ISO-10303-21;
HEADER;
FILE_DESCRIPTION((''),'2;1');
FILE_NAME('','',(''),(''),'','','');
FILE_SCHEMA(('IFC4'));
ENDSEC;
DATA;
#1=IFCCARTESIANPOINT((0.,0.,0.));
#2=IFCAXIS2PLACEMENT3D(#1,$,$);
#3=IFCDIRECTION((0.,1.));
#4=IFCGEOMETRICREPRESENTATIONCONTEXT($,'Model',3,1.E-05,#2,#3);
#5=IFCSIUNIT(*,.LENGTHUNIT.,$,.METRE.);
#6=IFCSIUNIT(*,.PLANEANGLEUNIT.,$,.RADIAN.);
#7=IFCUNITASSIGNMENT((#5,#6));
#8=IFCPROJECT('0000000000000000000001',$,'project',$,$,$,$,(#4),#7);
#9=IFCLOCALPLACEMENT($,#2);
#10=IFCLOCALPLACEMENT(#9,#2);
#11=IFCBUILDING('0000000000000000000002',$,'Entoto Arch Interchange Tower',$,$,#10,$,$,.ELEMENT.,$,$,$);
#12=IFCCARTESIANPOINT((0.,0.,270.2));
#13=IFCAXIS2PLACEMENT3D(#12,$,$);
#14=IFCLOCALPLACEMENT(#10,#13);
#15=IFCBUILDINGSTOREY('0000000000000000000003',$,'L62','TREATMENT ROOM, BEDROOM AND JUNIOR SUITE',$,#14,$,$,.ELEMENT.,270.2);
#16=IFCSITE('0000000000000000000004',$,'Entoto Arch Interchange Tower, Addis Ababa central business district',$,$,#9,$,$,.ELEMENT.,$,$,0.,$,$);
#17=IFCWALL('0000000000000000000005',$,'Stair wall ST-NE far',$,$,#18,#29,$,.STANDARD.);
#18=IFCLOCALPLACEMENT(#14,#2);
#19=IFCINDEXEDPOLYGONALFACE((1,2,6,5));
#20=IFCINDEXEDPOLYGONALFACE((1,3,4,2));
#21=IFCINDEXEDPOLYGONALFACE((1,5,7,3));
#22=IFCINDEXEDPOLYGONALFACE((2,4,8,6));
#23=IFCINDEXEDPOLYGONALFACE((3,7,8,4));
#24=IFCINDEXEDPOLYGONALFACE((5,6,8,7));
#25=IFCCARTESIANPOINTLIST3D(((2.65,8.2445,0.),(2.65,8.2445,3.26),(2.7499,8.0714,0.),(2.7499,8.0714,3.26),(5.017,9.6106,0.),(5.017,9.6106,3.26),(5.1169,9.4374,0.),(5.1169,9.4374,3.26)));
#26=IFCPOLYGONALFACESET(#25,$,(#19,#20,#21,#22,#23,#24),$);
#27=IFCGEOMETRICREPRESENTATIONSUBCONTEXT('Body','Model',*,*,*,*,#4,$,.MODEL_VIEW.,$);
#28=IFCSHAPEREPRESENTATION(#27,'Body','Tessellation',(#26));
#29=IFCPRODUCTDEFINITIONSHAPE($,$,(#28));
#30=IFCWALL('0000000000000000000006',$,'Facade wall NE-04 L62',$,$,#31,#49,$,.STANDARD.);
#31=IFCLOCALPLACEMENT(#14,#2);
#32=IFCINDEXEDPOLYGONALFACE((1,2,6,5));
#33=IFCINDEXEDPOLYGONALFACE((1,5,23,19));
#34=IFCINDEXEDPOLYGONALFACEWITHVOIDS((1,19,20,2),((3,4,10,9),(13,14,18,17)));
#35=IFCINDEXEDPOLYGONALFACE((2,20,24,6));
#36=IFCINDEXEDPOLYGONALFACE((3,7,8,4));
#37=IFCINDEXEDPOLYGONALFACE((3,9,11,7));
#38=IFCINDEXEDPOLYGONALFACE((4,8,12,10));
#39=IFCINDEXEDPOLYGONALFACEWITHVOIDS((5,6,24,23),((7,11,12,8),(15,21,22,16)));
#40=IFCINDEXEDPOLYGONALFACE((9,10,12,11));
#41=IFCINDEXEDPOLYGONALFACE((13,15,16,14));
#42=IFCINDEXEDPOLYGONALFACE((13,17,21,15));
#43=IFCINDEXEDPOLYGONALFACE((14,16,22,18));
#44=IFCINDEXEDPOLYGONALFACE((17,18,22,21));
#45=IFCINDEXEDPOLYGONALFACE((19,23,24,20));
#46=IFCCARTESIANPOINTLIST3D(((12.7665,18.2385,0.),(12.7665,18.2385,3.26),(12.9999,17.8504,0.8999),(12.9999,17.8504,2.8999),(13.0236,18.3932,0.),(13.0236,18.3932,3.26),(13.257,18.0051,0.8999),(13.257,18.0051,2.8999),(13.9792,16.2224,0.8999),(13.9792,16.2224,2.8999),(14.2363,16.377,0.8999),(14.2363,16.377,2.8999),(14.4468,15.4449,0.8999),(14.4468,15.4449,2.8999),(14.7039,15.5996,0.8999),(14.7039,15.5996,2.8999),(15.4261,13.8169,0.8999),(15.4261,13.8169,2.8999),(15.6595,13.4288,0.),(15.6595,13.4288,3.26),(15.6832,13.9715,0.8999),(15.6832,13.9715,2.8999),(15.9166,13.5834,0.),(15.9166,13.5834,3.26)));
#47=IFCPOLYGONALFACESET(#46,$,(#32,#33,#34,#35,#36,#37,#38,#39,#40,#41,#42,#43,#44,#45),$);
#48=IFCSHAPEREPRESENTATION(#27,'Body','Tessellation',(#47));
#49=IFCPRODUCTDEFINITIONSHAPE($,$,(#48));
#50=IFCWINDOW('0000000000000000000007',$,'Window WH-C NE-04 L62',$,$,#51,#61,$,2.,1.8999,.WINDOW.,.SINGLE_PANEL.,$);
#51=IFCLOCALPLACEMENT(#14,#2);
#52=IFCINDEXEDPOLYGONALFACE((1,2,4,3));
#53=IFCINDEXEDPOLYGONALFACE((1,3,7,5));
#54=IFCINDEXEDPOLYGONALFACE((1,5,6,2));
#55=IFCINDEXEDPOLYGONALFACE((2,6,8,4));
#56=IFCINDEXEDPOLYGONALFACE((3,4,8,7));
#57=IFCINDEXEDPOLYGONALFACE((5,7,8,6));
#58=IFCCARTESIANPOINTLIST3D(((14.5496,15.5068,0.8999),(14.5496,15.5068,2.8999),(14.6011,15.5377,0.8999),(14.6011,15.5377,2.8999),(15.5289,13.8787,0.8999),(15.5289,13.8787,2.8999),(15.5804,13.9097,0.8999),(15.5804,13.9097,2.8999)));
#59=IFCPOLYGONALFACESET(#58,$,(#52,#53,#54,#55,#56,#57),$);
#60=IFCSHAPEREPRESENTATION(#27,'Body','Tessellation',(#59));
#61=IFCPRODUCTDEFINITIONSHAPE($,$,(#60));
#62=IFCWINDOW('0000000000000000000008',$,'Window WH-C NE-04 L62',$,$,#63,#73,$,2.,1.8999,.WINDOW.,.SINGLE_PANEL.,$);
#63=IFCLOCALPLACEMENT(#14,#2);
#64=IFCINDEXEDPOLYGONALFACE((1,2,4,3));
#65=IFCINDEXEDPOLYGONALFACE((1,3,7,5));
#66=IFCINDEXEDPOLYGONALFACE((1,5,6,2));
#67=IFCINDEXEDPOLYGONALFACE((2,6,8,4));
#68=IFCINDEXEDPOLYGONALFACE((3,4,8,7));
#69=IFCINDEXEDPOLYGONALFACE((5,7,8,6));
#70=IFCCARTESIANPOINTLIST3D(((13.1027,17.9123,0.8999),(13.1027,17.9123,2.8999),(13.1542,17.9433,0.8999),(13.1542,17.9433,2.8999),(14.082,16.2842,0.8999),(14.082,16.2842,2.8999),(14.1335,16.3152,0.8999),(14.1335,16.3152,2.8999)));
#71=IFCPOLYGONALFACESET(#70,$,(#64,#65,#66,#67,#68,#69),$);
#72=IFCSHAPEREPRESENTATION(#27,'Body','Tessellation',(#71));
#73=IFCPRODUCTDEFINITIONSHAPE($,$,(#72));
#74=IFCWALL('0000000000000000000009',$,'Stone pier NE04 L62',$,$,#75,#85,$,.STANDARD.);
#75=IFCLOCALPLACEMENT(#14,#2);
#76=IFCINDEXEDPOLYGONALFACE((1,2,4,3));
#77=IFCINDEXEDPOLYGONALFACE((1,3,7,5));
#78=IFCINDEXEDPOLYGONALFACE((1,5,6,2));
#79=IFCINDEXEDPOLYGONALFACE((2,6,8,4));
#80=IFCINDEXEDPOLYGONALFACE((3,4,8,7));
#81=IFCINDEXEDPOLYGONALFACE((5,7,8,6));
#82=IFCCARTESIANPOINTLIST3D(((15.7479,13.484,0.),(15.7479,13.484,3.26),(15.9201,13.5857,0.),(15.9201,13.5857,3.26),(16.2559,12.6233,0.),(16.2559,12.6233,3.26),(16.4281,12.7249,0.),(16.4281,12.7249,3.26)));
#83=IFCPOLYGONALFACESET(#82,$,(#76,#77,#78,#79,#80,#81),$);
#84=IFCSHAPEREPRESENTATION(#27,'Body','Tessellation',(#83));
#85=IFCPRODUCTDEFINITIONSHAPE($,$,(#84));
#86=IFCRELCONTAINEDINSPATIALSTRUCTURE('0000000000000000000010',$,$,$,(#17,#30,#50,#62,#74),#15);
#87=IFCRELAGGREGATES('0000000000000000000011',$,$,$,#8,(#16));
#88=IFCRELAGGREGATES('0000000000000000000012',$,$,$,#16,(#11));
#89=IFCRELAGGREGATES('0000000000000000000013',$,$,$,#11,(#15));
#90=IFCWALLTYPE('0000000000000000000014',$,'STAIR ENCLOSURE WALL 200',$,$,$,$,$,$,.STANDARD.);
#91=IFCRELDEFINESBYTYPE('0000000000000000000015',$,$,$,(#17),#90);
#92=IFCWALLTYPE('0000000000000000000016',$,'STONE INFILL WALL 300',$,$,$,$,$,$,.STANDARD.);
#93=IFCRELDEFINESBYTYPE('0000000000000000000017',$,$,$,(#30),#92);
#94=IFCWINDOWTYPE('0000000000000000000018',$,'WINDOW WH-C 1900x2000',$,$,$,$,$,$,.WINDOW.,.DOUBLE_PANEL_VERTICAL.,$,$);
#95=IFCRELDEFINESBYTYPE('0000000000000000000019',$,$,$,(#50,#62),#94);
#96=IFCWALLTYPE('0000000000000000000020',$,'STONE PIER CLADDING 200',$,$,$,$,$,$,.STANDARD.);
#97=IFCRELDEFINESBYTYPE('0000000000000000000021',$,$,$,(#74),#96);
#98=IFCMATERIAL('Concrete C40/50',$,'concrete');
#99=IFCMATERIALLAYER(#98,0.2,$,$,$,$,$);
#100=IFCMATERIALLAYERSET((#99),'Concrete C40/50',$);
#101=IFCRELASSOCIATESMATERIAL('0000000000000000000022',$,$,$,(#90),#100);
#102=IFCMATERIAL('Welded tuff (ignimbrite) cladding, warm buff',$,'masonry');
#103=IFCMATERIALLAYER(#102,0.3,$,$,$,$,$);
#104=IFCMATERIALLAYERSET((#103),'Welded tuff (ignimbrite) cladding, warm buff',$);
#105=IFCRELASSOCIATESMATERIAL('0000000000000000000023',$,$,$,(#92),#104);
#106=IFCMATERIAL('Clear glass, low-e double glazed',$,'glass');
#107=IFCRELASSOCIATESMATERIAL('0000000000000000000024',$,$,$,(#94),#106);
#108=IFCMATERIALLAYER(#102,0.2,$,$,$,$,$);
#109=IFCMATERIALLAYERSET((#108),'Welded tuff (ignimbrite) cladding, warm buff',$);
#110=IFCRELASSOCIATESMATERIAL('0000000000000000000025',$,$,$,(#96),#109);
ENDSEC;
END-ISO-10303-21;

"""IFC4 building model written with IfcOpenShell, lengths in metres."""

from ifc_helpers import new_model, si_unit, direction, frame, frame_2d, origin, place, context, subcontext, project, spatial, rectangle, extrude, material, layer, layer_set, type_object, element, fill, save


model = new_model("IFC4")

# Units and contexts
model_context = context("Model", 3, precision=1e-05, world=origin(), true_north=direction((0.0, 1.0)))
body_context = subcontext(model_context, "Body", "Model", "MODEL_VIEW")
ifc_project = project(units=[si_unit("LENGTHUNIT", "METRE"), si_unit("PLANEANGLEUNIT", "RADIAN")], contexts=[model_context])

# Site, building, storey
site_placement = place(None, origin())
site = spatial("IfcSite", under=ifc_project, at=site_placement, Name="Entoto Arch Interchange Tower, Addis Ababa central business district", CompositionType="ELEMENT", RefElevation=0.0)
building_placement = place(site_placement, origin())
building = spatial("IfcBuilding", under=site, at=building_placement, Name="Entoto Arch Interchange Tower", CompositionType="ELEMENT")
storey_placement = place(building_placement, frame((0.0, 0.0, 270.2)))
storey = spatial("IfcBuildingStorey", under=building, at=storey_placement, Name="L62", Description="TREATMENT ROOM, BEDROOM AND JUNIOR SUITE", CompositionType="ELEMENT", Elevation=270.2)

# Shared definitions
ifc_material_1 = material(Name="Concrete C40/50", Category="concrete")

# Wall
ifc_layer_1 = layer(ifc_material_1, 0.2)
ifc_layer_set_1 = layer_set([ifc_layer_1], Name="Concrete C40/50")
wall_type_1 = type_object("IfcWallType", Name="STAIR ENCLOSURE WALL 200", PredefinedType="STANDARD", material=ifc_layer_set_1)
wall_1_placement = place(storey_placement, frame((2.7, 8.158, 0.0), z_axis=(0.0, 0.0, 1.0), x_axis=(0.866119, 0.499838, 0.0)))
element("IfcWall", 1, at=wall_1_placement, inside=storey, type_object=wall_type_1, Name="Stair wall ST-NE far", PredefinedType="STANDARD", context=body_context, shape_type="SweptSolid", body=[
    extrude(rectangle(XDim=2.7329, YDim=0.2, at=frame_2d((1.3665, 0.0))), origin(), (0.0, 0.0, 1.0), 3.26),
])

# Wall, openings, windows
ifc_material_2 = material(Name="Welded tuff (ignimbrite) cladding, warm buff", Category="masonry")
ifc_layer_2 = layer(ifc_material_2, 0.3)
ifc_layer_set_2 = layer_set([ifc_layer_2], Name="Welded tuff (ignimbrite) cladding, warm buff")
wall_type_2 = type_object("IfcWallType", Name="STONE INFILL WALL 300", PredefinedType="STANDARD", material=ifc_layer_set_2)
wall_2_placement = place(storey_placement, frame((15.7881, 13.5061, 0.0), z_axis=(0.0, 0.0, 1.0), x_axis=(-0.515436, 0.856928, 0.0)))
wall_2 = element("IfcWall", 2, at=wall_2_placement, inside=storey, type_object=wall_type_2, Name="Facade wall NE-04 L62", PredefinedType="STANDARD", context=body_context, shape_type="SweptSolid", body=[
    extrude(rectangle(XDim=5.6128, YDim=0.3, at=frame_2d((2.8064, 0.0))), origin(), (0.0, 0.0, 1.0), 3.26),
])
opening_1_placement = place(wall_2_placement, frame((0.4529, 0.0, 0.8999)))
opening_1 = element("IfcOpeningElement", 3, at=opening_1_placement, cuts=wall_2, PredefinedType="OPENING", context=body_context, shape_type="SweptSolid", body=[
    extrude(rectangle(XDim=1.8999, YDim=2.0, at=frame_2d((0.95, 1.0))), frame((0.0, 0.1602, 0.0), z_axis=(0.0, -1.0, 0.0), x_axis=(1.0, 0.0, 0.0)), (0.0, 0.0, 1.0), 0.3201),
])
opening_2_placement = place(wall_2_placement, frame((3.26, 0.0, 0.8999)))
opening_2 = element("IfcOpeningElement", 4, at=opening_2_placement, cuts=wall_2, PredefinedType="OPENING", context=body_context, shape_type="SweptSolid", body=[
    extrude(rectangle(XDim=1.8999, YDim=2.0, at=frame_2d((0.95, 1.0))), frame((0.0, 0.1602, 0.0), z_axis=(0.0, -1.0, 0.0), x_axis=(1.0, 0.0, 0.0)), (0.0, 0.0, 1.0), 0.3201),
])
ifc_material_3 = material(Name="Clear glass, low-e double glazed", Category="glass")
window_type = type_object("IfcWindowType", Name="WINDOW WH-C 1900x2000", PartitioningType="DOUBLE_PANEL_VERTICAL", PredefinedType="WINDOW", material=ifc_material_3)
window_1_placement = place(opening_1_placement, origin())
window_1 = element("IfcWindow", 5, at=window_1_placement, inside=storey, type_object=window_type, Name="Window WH-C NE-04 L62", OverallHeight=2.0, OverallWidth=1.8999, PartitioningType="SINGLE_PANEL", PredefinedType="WINDOW", context=body_context, shape_type="SweptSolid", body=[
    extrude(rectangle(XDim=1.8999, YDim=2.0, at=frame_2d((0.95, 1.0))), frame((0.0, 0.03, 0.0), z_axis=(0.0, -1.0, 0.0), x_axis=(1.0, 0.0, 0.0)), (0.0, 0.0, 1.0), 0.0601),
])
fill(opening_1, window_1)
window_2_placement = place(opening_2_placement, origin())
window_2 = element("IfcWindow", 6, at=window_2_placement, inside=storey, type_object=window_type, Name="Window WH-C NE-04 L62", OverallHeight=2.0, OverallWidth=1.8999, PartitioningType="SINGLE_PANEL", PredefinedType="WINDOW", context=body_context, shape_type="SweptSolid", body=[
    extrude(rectangle(XDim=1.8999, YDim=2.0, at=frame_2d((0.95, 1.0))), frame((0.0, 0.03, 0.0), z_axis=(0.0, -1.0, 0.0), x_axis=(1.0, 0.0, 0.0)), (0.0, 0.0, 1.0), 0.0601),
])
fill(opening_2, window_2)

# Wall
ifc_layer_3 = layer(ifc_material_2, 0.2)
ifc_layer_set_3 = layer_set([ifc_layer_3], Name="Welded tuff (ignimbrite) cladding, warm buff")
wall_type_3 = type_object("IfcWallType", Name="STONE PIER CLADDING 200", PredefinedType="STANDARD", material=ifc_layer_set_3)
wall_3_placement = place(storey_placement, frame((16.342, 12.6741, 0.0), z_axis=(0.0, 0.0, 1.0), x_axis=(-0.508268, 0.861199, 0.0)))
element("IfcWall", 7, at=wall_3_placement, inside=storey, type_object=wall_type_3, Name="Stone pier NE04 L62", PredefinedType="STANDARD", context=body_context, shape_type="SweptSolid", body=[
    extrude(rectangle(XDim=0.9995, YDim=0.2, at=frame_2d((0.4998, 0.0))), origin(), (0.0, 0.0, 1.0), 3.26),
])

save(model, "model.ifc")
